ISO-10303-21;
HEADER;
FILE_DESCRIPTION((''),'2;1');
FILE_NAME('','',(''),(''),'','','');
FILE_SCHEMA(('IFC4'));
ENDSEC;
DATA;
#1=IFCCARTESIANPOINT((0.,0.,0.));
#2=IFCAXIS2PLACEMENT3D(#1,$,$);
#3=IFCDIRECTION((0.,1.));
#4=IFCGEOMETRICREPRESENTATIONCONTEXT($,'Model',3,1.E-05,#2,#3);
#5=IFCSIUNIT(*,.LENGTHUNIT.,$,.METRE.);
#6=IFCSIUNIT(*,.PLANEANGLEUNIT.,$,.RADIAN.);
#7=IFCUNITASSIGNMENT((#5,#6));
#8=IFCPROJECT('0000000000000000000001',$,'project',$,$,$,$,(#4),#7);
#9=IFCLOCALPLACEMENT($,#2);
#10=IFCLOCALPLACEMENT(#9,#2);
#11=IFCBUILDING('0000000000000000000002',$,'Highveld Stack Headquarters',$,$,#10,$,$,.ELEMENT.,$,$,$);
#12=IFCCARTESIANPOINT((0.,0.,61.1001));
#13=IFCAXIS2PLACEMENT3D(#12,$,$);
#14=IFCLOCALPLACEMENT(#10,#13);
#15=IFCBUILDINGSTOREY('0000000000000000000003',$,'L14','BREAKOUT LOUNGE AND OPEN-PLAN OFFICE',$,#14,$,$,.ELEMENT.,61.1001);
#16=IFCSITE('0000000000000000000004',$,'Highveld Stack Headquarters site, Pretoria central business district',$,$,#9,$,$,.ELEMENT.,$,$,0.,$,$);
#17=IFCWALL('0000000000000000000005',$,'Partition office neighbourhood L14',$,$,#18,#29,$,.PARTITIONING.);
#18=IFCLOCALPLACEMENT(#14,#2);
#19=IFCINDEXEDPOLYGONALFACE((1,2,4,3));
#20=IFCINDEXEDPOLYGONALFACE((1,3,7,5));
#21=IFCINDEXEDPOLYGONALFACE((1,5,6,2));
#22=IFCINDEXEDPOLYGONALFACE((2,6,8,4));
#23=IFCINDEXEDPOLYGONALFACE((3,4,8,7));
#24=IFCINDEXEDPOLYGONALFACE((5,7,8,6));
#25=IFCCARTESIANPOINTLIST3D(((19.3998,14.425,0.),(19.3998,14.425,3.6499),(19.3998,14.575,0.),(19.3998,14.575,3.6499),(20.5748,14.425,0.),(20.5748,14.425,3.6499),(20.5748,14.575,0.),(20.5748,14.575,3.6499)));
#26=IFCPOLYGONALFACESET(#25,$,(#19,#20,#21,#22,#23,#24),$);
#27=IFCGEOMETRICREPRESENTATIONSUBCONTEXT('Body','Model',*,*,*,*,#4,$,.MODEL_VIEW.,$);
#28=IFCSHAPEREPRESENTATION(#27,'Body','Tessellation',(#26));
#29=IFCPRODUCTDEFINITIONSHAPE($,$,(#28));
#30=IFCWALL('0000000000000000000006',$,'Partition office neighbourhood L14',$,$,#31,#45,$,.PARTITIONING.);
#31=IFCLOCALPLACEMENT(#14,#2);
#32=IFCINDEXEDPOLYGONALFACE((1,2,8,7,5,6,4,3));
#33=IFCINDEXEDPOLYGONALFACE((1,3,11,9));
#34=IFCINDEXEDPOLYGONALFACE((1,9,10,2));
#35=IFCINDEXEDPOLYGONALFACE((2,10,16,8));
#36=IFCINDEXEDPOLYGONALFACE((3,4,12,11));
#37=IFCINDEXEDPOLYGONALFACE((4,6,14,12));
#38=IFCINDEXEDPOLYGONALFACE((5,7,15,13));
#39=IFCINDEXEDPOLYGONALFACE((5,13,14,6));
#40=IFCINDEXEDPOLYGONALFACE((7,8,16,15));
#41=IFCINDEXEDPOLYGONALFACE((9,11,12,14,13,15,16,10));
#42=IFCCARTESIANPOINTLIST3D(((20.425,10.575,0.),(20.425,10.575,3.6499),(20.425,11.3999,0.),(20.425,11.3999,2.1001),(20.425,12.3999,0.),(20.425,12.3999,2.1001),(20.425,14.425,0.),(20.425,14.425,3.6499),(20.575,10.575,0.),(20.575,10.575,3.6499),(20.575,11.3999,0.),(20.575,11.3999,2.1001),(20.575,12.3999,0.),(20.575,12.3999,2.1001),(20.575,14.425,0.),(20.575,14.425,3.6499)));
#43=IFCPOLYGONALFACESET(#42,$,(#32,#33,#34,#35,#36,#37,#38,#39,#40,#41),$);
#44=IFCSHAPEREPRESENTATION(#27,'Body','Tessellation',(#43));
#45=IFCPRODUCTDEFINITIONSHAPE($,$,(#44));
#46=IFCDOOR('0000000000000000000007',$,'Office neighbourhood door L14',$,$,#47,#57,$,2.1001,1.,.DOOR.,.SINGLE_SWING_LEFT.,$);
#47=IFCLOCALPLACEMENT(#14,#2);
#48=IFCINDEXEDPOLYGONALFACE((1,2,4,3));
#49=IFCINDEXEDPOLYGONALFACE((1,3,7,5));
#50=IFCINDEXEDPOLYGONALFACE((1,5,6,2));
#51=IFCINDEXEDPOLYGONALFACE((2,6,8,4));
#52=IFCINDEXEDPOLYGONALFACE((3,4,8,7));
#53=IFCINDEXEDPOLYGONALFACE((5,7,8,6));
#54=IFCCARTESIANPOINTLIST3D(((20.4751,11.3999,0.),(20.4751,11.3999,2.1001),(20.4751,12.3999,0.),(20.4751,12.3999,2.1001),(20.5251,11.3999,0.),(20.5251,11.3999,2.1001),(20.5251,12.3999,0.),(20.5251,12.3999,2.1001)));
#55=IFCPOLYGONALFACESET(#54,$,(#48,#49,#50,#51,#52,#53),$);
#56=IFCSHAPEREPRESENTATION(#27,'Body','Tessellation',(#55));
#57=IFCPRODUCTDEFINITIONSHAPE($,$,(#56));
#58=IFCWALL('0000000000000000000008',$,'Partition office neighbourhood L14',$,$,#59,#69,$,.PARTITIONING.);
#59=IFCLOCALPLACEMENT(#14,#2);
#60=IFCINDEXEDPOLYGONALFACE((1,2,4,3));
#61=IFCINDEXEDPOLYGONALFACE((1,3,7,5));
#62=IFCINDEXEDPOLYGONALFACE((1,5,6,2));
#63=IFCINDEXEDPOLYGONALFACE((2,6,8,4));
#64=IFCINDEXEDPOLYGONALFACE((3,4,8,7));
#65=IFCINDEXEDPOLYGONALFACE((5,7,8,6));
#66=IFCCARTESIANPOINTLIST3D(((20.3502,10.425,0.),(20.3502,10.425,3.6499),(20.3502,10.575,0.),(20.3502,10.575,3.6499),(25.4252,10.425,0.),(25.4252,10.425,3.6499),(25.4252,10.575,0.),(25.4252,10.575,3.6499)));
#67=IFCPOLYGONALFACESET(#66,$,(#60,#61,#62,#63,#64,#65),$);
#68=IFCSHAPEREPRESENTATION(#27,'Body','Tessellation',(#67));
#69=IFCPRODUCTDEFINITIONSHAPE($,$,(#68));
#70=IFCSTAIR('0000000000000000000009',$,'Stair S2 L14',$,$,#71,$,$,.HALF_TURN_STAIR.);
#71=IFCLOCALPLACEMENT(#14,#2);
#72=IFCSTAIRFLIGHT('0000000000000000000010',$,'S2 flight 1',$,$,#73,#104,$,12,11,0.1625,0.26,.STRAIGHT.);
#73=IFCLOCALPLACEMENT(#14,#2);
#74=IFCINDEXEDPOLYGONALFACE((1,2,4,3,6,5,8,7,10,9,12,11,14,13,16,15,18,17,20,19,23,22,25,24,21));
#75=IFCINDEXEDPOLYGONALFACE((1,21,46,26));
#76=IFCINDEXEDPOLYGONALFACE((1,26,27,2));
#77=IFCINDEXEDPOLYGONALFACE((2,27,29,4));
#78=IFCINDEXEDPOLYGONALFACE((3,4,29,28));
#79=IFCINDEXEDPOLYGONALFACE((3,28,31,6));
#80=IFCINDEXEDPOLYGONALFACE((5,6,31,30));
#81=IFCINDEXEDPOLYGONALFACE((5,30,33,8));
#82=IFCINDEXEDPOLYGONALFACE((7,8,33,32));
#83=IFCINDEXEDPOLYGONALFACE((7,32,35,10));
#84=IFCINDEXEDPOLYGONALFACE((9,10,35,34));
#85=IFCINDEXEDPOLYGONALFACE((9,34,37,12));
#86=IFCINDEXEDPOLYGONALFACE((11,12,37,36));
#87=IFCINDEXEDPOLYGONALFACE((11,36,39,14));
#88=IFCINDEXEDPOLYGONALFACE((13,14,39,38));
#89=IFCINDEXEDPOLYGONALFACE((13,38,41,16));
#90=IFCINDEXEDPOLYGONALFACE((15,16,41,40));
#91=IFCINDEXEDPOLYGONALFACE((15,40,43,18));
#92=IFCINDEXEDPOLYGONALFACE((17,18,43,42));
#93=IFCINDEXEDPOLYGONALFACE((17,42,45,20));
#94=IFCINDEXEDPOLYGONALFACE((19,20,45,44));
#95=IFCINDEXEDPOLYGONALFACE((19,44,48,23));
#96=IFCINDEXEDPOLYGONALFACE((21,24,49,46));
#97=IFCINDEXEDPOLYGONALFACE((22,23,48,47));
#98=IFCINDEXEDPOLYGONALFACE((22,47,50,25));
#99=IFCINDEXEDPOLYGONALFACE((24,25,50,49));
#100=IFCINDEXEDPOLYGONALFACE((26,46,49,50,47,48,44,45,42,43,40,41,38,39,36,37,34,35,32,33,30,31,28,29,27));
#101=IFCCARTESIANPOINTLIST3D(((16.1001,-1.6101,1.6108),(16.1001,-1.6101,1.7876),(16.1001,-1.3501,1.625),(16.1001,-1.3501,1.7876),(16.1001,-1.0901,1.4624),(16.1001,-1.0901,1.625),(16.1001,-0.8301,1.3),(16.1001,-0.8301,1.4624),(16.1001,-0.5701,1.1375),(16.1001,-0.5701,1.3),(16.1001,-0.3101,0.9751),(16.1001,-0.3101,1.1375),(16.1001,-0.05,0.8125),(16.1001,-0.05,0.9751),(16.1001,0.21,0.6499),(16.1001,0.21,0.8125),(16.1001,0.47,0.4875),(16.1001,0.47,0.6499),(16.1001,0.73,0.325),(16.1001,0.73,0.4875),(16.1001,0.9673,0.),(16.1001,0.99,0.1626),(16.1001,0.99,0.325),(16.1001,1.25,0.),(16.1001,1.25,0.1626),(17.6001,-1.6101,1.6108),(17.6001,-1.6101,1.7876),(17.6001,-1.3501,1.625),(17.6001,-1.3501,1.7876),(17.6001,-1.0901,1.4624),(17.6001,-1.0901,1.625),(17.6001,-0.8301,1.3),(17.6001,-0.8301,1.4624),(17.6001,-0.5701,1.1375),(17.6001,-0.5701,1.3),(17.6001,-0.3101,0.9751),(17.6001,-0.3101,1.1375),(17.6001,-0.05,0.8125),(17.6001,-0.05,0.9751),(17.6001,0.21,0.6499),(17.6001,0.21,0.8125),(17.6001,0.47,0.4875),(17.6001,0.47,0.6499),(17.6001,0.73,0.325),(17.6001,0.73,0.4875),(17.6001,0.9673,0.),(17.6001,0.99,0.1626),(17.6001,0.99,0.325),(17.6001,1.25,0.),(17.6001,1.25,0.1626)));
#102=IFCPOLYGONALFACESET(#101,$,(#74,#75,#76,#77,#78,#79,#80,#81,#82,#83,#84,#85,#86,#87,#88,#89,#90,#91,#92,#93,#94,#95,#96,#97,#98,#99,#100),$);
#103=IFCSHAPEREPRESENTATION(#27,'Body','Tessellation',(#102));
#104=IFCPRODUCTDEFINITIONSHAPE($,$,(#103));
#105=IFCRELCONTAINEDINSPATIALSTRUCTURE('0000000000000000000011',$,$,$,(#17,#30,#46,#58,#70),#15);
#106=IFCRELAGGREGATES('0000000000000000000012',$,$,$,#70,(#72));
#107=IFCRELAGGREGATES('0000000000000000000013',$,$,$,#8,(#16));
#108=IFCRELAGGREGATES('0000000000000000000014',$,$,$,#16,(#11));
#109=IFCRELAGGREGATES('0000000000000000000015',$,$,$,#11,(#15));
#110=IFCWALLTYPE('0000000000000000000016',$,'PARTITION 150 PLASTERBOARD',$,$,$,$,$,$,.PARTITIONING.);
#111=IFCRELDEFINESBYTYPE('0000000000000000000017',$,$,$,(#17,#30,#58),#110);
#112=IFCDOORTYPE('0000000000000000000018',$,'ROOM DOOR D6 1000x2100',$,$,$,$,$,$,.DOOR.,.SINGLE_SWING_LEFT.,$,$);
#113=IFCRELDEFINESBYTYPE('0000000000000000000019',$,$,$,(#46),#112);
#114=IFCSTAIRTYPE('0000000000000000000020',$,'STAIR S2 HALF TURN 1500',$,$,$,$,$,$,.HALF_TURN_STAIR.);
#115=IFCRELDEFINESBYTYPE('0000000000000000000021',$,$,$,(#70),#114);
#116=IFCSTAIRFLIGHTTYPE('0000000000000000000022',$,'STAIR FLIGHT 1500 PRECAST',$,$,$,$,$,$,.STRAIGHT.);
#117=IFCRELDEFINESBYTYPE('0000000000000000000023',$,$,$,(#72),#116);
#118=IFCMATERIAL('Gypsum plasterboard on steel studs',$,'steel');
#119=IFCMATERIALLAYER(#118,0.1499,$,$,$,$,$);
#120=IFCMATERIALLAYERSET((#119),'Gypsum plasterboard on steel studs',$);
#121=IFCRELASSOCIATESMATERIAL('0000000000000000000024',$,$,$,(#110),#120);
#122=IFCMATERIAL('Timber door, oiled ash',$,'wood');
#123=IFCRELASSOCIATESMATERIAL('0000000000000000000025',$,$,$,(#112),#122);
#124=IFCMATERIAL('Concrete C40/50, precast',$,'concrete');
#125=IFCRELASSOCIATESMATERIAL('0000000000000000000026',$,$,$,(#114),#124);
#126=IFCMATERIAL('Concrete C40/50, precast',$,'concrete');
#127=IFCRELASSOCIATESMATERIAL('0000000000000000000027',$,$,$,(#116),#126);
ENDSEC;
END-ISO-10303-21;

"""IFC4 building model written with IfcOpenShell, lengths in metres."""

from ifc_helpers import new_model, si_unit, direction, frame, frame_2d, origin, place, context, subcontext, project, spatial, polyline, rectangle, outline, extrude, material, layer, layer_set, type_object, element, fill, aggregate, save


model = new_model("IFC4")

# Units and contexts
model_context = context("Model", 3, precision=1e-05, world=origin(), true_north=direction((0.0, 1.0)))
body_context = subcontext(model_context, "Body", "Model", "MODEL_VIEW")
ifc_project = project(units=[si_unit("LENGTHUNIT", "METRE"), si_unit("PLANEANGLEUNIT", "RADIAN")], contexts=[model_context])

# Site, building, storey
site_placement = place(None, origin())
site = spatial("IfcSite", under=ifc_project, at=site_placement, Name="Highveld Stack Headquarters site, Pretoria central business district", CompositionType="ELEMENT", RefElevation=0.0)
building_placement = place(site_placement, origin())
building = spatial("IfcBuilding", under=site, at=building_placement, Name="Highveld Stack Headquarters", CompositionType="ELEMENT")
storey_placement = place(building_placement, frame((0.0, 0.0, 61.1001)))
storey = spatial("IfcBuildingStorey", under=building, at=storey_placement, Name="L14", Description="BREAKOUT LOUNGE AND OPEN-PLAN OFFICE", CompositionType="ELEMENT", Elevation=61.1001)

# Wall
ifc_material_1 = material(Name="Gypsum plasterboard on steel studs", Category="steel")
ifc_layer_1 = layer(ifc_material_1, 0.1499)
ifc_layer_set_1 = layer_set([ifc_layer_1], Name="Gypsum plasterboard on steel studs")
wall_type_1 = type_object("IfcWallType", Name="PARTITION 150 PLASTERBOARD", PredefinedType="PARTITIONING", material=ifc_layer_set_1)
wall_1_placement = place(storey_placement, frame((19.3999, 14.5, 0.0), z_axis=(0.0, 0.0, 1.0), x_axis=(1.0, 0.0, 0.0)))
element("IfcWall", 1, at=wall_1_placement, inside=storey, type_object=wall_type_1, Name="Partition office neighbourhood L14", PredefinedType="PARTITIONING", context=body_context, shape_type="SweptSolid", body=[
    extrude(rectangle(XDim=1.175, YDim=0.1499, at=frame_2d((0.5874, 0.0))), origin(), (0.0, 0.0, 1.0), 3.6499),
])

# Wall, opening, door
wall_2_placement = place(storey_placement, frame((20.5, 10.575, 0.0), z_axis=(0.0, 0.0, 1.0), x_axis=(0.0, 1.0, 0.0)))
wall_2 = element("IfcWall", 2, at=wall_2_placement, inside=storey, type_object=wall_type_1, Name="Partition office neighbourhood L14", PredefinedType="PARTITIONING", context=body_context, shape_type="SweptSolid", body=[
    extrude(rectangle(XDim=3.8501, YDim=0.1499, at=frame_2d((1.925, 0.0))), origin(), (0.0, 0.0, 1.0), 3.6499),
])
opening_1_placement = place(wall_2_placement, frame((0.825, 0.0, 0.0)))
opening_1 = element("IfcOpeningElement", 3, at=opening_1_placement, cuts=wall_2, PredefinedType="OPENING", context=body_context, shape_type="SweptSolid", body=[
    extrude(rectangle(XDim=1.0, YDim=2.1001, at=frame_2d((0.5, 1.05))), frame((0.0, 0.085, 0.0), z_axis=(0.0, -1.0, 0.0), x_axis=(1.0, 0.0, 0.0)), (0.0, 0.0, 1.0), 0.1699),
])
ifc_material_2 = material(Name="Timber door, oiled ash", Category="wood")
door_type_1 = type_object("IfcDoorType", Name="ROOM DOOR D6 1000x2100", OperationType="SINGLE_SWING_LEFT", PredefinedType="DOOR", material=ifc_material_2)
door_1_placement = place(opening_1_placement, origin())
door_1 = element("IfcDoor", 4, at=door_1_placement, inside=storey, type_object=door_type_1, Name="Office neighbourhood door L14", OperationType="SINGLE_SWING_LEFT", OverallHeight=2.1001, OverallWidth=1.0, PredefinedType="DOOR", context=body_context, shape_type="SweptSolid", body=[
    extrude(rectangle(XDim=1.0, YDim=2.1001, at=frame_2d((0.5, 1.05))), frame((0.0, 0.0249, 0.0), z_axis=(0.0, -1.0, 0.0), x_axis=(1.0, 0.0, 0.0)), (0.0, 0.0, 1.0), 0.05),
])
fill(opening_1, door_1)

# Wall
wall_3_placement = place(storey_placement, frame((20.3501, 10.5, 0.0), z_axis=(0.0, 0.0, 1.0), x_axis=(1.0, 0.0, 0.0)))
element("IfcWall", 5, at=wall_3_placement, inside=storey, type_object=wall_type_1, Name="Partition office neighbourhood L14", PredefinedType="PARTITIONING", context=body_context, shape_type="SweptSolid", body=[
    extrude(rectangle(XDim=5.075, YDim=0.1499, at=frame_2d((2.5376, 0.0))), origin(), (0.0, 0.0, 1.0), 3.6499),
])

# Stair, stair flight
ifc_material_3 = material(Name="Concrete C40/50, precast", Category="concrete")
stair_type = type_object("IfcStairType", Name="STAIR S2 HALF TURN 1500", PredefinedType="HALF_TURN_STAIR", material=ifc_material_3)
stair_placement = place(storey_placement, origin())
stair = element("IfcStair", 6, at=stair_placement, inside=storey, type_object=stair_type, Name="Stair S2 L14", PredefinedType="HALF_TURN_STAIR")
ifc_material_4 = material(Name="Concrete C40/50, precast", Category="concrete")
stair_flight_type = type_object("IfcStairFlightType", Name="STAIR FLIGHT 1500 PRECAST", PredefinedType="STRAIGHT", material=ifc_material_4)
stair_flight_placement = place(storey_placement, frame((16.8501, 1.25, 0.0), z_axis=(0.0, 0.0, 1.0), x_axis=(0.0, -1.0, 0.0)))
stair_flight = element("IfcStairFlight", 7, at=stair_flight_placement, type_object=stair_flight_type, Name="S2 flight 1", NumberOfRisers=12, NumberOfTreads=11, PredefinedType="STRAIGHT", RiserHeight=0.1625, TreadLength=0.26, context=body_context, shape_type="SweptSolid", body=[
    extrude(outline(polyline([(0.0, 0.0), (0.0, 0.1626), (0.26, 0.1626), (0.26, 0.325), (0.52, 0.325), (0.52, 0.4875), (0.78, 0.4875), (0.78, 0.6499), (1.04, 0.6499), (1.04, 0.8125), (1.3, 0.8125), (1.3, 0.9751), (1.5601, 0.9751), (1.5601, 1.1375), (1.8201, 1.1375), (1.8201, 1.3), (2.0801, 1.3), (2.0801, 1.4624), (2.3401, 1.4624), (2.3401, 1.625), (2.6001, 1.625), (2.6001, 1.7876), (2.8601, 1.7876), (2.8601, 1.95), (2.8601, 1.6108), (0.2827, 0.0), (0.0, 0.0)])), frame((0.0, 0.75, 0.0), z_axis=(0.0, -1.0, 0.0), x_axis=(1.0, 0.0, 0.0)), (0.0, 0.0, 1.0), 1.5),
])
aggregate(stair, [stair_flight])

save(model, "model.ifc")
